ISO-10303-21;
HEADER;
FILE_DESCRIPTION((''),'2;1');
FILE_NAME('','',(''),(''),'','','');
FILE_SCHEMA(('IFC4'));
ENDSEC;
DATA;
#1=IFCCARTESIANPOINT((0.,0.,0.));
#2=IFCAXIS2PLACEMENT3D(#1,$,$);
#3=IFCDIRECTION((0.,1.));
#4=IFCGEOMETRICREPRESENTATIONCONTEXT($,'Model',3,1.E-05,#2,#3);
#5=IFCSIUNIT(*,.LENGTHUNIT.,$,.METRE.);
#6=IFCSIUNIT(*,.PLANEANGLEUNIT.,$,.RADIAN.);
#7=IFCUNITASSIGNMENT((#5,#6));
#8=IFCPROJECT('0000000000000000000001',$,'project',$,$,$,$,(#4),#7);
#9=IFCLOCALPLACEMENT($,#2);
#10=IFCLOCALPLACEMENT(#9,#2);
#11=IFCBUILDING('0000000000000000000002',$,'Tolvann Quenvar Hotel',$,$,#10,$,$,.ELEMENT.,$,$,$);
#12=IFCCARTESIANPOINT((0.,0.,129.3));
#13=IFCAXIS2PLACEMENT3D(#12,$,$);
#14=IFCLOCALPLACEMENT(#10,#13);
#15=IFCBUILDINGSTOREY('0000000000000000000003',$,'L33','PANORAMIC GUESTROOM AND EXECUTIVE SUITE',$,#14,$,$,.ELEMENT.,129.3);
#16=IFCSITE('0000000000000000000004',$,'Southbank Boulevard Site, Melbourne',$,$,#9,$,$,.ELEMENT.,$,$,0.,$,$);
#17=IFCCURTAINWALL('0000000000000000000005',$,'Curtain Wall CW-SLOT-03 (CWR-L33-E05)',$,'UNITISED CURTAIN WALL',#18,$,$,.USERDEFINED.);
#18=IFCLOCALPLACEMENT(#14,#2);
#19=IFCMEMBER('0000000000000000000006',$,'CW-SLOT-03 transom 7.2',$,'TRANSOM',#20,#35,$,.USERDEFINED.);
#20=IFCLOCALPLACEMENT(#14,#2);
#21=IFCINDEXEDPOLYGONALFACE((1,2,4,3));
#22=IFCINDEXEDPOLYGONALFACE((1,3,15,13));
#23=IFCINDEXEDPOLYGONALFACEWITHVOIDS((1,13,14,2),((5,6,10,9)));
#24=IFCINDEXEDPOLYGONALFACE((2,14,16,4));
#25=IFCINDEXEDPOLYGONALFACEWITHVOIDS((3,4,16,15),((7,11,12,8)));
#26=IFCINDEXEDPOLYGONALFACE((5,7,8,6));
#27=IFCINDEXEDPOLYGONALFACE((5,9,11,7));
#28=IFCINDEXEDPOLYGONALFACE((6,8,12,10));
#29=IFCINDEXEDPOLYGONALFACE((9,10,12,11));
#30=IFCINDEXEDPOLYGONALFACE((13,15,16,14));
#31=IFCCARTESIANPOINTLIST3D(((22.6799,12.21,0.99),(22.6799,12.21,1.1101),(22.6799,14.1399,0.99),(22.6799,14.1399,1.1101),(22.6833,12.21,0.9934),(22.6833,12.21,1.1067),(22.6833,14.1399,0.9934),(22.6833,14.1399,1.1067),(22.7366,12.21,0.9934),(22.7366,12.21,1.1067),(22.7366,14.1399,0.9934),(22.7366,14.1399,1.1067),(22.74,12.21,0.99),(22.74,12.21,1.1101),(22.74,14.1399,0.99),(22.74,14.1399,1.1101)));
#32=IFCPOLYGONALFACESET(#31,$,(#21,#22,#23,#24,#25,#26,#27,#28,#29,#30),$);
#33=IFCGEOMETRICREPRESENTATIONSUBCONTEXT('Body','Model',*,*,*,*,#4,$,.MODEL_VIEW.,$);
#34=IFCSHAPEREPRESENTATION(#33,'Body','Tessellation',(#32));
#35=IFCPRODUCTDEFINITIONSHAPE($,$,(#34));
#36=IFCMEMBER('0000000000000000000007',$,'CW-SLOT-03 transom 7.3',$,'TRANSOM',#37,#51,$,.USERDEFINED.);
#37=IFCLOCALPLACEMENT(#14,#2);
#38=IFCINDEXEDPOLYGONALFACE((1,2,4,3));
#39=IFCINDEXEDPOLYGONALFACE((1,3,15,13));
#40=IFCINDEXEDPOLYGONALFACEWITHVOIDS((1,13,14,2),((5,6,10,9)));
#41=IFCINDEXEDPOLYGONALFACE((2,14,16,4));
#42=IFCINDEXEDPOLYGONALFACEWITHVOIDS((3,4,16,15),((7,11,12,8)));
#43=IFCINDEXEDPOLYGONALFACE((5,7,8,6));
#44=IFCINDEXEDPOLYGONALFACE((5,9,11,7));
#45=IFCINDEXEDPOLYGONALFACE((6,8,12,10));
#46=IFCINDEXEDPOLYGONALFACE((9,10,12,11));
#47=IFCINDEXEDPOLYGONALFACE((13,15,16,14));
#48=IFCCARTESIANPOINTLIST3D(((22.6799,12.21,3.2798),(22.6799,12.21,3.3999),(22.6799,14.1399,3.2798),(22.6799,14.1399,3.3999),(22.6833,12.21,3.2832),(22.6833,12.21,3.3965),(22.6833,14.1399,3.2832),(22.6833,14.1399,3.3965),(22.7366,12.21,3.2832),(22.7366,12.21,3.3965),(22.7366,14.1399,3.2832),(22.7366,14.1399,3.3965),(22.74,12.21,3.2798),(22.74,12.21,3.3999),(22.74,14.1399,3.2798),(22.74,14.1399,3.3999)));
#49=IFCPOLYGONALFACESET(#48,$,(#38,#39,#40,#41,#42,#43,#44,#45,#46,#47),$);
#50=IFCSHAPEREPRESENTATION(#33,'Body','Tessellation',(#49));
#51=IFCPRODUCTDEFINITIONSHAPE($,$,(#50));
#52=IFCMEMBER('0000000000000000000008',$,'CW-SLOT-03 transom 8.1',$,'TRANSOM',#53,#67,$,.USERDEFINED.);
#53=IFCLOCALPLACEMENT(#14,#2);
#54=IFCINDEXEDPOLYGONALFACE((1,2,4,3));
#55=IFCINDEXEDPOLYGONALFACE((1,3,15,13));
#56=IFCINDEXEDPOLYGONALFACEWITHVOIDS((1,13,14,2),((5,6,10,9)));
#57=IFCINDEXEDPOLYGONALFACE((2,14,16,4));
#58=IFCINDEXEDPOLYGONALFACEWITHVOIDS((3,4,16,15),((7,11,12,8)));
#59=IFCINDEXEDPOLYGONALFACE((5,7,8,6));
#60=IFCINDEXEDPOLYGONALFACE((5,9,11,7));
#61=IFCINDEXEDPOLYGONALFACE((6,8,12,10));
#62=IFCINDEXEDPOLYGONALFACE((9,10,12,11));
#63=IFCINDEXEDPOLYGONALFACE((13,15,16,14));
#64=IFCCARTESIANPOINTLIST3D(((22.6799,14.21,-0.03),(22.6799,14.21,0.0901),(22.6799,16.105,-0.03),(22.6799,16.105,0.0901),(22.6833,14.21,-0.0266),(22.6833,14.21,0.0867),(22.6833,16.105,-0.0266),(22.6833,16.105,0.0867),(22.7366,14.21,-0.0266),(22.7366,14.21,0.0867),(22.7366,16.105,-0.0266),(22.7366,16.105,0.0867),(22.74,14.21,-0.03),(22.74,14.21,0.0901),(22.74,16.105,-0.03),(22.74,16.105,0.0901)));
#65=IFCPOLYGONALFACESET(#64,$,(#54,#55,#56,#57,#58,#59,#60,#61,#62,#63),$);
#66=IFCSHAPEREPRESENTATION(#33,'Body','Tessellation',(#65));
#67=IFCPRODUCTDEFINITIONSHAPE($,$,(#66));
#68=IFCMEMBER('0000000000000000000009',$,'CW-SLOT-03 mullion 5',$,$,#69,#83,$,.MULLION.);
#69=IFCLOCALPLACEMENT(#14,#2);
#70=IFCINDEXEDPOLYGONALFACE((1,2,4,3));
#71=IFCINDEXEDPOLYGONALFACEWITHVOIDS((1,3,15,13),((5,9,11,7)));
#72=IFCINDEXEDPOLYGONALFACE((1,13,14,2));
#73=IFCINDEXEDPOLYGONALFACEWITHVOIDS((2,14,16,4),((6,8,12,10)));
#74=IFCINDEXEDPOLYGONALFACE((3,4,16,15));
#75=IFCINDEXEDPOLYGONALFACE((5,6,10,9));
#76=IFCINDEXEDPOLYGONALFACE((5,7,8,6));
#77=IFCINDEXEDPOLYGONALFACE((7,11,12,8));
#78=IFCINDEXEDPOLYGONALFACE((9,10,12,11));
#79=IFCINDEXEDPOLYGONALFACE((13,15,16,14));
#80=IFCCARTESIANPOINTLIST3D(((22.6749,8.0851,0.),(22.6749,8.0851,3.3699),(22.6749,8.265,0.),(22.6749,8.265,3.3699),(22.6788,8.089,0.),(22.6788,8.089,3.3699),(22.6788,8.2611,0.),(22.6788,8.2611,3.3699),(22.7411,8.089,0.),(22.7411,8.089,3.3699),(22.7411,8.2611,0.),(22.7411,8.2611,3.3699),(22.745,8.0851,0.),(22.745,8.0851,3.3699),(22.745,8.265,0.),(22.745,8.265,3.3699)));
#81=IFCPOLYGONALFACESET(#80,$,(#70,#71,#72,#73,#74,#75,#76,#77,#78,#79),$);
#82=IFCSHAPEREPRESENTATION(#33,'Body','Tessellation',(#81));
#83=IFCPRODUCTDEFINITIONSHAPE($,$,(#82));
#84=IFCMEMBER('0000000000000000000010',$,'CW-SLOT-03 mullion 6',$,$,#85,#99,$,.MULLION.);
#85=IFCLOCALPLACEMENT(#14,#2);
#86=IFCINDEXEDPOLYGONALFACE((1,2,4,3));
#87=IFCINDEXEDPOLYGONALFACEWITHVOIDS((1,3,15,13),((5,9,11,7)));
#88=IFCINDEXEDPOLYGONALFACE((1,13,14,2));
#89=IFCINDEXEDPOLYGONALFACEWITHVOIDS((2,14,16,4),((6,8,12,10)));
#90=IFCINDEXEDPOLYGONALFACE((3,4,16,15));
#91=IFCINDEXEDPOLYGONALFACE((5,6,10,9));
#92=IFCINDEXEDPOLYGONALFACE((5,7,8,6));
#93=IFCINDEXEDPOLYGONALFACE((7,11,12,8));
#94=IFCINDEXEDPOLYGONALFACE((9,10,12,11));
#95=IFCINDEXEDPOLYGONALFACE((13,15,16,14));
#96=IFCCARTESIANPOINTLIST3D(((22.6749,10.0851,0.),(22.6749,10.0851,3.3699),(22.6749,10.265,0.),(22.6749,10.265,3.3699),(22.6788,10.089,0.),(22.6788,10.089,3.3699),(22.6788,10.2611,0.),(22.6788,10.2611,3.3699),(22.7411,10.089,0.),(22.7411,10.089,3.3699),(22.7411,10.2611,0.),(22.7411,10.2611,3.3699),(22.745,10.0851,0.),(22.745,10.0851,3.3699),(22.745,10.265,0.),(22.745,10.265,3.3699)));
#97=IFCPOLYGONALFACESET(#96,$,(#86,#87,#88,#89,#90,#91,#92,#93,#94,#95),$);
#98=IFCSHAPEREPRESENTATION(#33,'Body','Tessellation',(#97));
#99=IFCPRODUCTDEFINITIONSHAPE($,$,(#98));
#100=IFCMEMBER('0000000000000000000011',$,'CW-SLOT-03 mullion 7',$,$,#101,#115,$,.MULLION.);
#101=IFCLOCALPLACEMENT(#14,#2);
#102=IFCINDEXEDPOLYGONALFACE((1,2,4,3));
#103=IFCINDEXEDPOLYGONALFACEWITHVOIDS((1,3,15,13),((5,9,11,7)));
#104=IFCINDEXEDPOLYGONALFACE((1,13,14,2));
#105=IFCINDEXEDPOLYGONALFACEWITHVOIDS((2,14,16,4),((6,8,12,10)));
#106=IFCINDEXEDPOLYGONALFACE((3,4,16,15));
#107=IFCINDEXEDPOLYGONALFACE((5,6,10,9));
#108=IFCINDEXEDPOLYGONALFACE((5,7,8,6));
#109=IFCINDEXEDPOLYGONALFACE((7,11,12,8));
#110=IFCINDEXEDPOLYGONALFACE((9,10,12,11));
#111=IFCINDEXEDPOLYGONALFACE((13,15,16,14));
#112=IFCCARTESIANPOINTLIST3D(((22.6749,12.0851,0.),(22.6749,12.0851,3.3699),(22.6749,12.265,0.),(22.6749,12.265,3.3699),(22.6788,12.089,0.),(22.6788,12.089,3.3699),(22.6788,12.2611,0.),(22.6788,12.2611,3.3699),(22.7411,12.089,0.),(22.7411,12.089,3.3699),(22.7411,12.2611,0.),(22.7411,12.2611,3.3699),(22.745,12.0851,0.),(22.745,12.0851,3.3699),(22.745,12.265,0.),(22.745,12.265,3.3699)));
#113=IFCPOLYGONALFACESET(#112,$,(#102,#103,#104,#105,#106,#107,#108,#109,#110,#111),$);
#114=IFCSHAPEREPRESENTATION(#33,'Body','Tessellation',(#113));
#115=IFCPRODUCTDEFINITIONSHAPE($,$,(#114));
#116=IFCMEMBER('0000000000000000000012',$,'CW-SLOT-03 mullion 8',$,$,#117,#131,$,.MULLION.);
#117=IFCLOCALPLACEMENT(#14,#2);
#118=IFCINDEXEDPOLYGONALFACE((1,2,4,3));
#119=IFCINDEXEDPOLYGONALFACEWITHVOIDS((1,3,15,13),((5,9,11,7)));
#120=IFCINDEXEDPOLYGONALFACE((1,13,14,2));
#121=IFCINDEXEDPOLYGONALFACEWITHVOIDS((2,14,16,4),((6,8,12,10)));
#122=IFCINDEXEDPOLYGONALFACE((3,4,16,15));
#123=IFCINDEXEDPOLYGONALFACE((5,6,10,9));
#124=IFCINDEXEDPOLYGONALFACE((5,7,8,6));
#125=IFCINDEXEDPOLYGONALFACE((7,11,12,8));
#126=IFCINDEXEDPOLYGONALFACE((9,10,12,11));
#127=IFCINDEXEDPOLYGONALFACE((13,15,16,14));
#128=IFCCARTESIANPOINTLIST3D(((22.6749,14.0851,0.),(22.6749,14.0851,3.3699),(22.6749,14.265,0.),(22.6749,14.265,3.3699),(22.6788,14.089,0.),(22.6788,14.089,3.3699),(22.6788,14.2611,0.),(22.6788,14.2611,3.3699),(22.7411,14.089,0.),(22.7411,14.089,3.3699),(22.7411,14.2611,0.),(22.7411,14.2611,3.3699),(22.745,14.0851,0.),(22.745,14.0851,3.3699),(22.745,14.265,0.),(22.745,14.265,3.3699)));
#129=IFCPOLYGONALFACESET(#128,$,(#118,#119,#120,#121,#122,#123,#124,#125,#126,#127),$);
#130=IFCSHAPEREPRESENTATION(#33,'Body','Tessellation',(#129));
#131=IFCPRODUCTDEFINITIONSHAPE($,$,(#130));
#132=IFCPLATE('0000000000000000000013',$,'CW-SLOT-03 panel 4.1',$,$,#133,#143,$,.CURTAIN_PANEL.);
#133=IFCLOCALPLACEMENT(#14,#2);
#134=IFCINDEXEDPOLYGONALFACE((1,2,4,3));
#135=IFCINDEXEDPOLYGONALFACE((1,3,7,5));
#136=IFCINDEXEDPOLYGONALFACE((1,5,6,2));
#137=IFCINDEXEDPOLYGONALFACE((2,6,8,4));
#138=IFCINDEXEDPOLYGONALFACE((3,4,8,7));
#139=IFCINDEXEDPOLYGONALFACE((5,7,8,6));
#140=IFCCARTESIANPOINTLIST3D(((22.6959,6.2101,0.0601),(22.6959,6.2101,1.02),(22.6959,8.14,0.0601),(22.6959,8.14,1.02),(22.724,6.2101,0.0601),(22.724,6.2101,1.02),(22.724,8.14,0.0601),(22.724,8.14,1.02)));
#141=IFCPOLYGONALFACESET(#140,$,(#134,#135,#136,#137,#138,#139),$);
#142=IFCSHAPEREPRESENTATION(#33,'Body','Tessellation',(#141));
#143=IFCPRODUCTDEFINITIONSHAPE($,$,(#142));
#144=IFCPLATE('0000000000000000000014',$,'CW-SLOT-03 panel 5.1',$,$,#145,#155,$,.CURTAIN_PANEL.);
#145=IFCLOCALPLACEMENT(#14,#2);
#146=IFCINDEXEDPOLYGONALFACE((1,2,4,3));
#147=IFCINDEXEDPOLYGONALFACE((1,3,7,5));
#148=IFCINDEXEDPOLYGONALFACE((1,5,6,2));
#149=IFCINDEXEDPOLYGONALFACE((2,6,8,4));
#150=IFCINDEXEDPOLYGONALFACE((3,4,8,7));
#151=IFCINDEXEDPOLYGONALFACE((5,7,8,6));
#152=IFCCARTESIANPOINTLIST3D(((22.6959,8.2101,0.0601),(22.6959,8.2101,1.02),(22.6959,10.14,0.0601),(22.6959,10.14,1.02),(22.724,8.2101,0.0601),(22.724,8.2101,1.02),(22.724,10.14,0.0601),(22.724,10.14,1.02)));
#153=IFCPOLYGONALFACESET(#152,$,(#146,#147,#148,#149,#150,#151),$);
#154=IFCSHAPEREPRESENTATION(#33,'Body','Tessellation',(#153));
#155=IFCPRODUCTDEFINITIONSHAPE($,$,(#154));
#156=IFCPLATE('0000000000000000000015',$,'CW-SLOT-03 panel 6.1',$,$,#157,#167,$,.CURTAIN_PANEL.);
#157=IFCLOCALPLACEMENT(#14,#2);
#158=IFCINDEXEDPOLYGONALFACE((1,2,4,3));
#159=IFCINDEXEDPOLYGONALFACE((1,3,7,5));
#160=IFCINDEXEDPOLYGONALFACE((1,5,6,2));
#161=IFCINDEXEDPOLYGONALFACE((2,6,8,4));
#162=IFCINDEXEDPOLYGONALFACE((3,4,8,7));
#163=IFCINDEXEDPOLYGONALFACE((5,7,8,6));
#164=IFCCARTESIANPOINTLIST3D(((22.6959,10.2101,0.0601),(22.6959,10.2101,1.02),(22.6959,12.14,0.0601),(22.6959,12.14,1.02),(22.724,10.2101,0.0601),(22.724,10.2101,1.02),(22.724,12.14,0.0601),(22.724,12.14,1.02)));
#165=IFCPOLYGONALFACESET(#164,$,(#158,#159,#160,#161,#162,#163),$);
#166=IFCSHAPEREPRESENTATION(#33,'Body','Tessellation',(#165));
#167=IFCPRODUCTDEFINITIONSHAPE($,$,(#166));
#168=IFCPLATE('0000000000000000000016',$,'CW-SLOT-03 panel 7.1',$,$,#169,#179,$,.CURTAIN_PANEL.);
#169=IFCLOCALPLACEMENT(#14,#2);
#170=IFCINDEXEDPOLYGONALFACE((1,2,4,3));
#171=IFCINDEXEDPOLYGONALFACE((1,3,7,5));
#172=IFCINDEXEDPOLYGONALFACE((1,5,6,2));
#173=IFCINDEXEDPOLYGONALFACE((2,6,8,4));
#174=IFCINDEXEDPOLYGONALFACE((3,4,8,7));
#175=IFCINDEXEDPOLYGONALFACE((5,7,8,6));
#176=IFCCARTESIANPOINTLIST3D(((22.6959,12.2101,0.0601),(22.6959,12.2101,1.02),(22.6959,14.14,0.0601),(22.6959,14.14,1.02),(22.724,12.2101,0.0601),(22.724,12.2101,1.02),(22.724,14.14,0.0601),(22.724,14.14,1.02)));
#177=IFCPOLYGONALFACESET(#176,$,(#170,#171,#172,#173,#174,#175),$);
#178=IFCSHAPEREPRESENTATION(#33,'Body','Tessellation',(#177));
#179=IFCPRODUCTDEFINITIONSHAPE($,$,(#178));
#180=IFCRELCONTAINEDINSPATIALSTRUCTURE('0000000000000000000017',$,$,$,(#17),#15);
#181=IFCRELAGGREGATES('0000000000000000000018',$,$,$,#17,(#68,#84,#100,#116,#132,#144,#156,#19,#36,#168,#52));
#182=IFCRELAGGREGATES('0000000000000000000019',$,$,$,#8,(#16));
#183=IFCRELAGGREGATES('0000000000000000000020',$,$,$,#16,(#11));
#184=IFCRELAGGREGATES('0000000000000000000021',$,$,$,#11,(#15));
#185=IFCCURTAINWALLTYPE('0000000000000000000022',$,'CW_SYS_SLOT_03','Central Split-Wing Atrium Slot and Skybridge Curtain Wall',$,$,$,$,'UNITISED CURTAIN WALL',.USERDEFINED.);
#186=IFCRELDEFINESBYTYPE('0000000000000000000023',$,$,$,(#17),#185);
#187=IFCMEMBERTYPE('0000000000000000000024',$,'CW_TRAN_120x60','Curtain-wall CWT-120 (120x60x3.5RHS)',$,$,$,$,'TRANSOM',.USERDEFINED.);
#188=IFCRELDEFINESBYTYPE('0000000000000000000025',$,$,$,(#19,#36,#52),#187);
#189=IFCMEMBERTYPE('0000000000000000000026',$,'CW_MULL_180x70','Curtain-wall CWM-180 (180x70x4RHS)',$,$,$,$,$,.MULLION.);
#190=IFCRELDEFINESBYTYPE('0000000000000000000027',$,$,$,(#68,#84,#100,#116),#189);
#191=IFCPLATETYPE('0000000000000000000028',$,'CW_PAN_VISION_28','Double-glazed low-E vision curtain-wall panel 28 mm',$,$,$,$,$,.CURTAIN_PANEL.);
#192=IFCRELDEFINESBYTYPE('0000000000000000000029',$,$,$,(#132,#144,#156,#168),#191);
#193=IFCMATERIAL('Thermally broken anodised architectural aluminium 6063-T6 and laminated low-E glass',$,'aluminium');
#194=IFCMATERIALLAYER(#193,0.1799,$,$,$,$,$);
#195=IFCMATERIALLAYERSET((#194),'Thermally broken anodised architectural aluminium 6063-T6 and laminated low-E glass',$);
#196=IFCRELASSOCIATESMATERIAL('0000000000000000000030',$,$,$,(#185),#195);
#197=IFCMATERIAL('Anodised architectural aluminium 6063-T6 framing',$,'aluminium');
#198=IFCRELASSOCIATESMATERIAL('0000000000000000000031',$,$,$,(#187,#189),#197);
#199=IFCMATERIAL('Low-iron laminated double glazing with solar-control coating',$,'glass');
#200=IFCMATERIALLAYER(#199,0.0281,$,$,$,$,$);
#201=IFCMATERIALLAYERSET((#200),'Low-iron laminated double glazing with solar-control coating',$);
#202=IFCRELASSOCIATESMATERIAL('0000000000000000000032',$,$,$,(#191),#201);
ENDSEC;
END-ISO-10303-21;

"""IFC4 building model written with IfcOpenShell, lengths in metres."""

from ifc_helpers import new_model, si_unit, direction, frame, origin, origin_2d, place, context, subcontext, project, spatial, rectangle, hollow_rectangle, extrude, source, transform, mapped, material, layer, layer_set, material_profile, profile_set, type_object, type_shapes, element, aggregate, save


model = new_model("IFC4")

# Units and contexts
model_context = context("Model", 3, precision=1e-05, world=origin(), true_north=direction((0.0, 1.0)))
body_context = subcontext(model_context, "Body", "Model", "MODEL_VIEW")
ifc_project = project(units=[si_unit("LENGTHUNIT", "METRE"), si_unit("PLANEANGLEUNIT", "RADIAN")], contexts=[model_context])

# Site, building, storey
site_placement = place(None, origin())
site = spatial("IfcSite", under=ifc_project, at=site_placement, Name="Southbank Boulevard Site, Melbourne", CompositionType="ELEMENT", RefElevation=0.0)
building_placement = place(site_placement, origin())
building = spatial("IfcBuilding", under=site, at=building_placement, Name="Tolvann Quenvar Hotel", CompositionType="ELEMENT")
storey_placement = place(building_placement, frame((0.0, 0.0, 129.3)))
storey = spatial("IfcBuildingStorey", under=building, at=storey_placement, Name="L33", Description="PANORAMIC GUESTROOM AND EXECUTIVE SUITE", CompositionType="ELEMENT", Elevation=129.3)

# Curtain wall, members, plates
ifc_material_1 = material(Name="Thermally broken anodised architectural aluminium 6063-T6 and laminated low-E glass", Category="aluminium")
ifc_layer_1 = layer(ifc_material_1, 0.1799)
ifc_layer_set_1 = layer_set([ifc_layer_1], Name="Thermally broken anodised architectural aluminium 6063-T6 and laminated low-E glass")
curtain_wall_type = type_object("IfcCurtainWallType", Name="CW_SYS_SLOT_03", Description="Central Split-Wing Atrium Slot and Skybridge Curtain Wall", ElementType="UNITISED CURTAIN WALL", PredefinedType="USERDEFINED", material=ifc_layer_set_1)
curtain_wall_placement = place(storey_placement, origin())
curtain_wall = element("IfcCurtainWall", 1, at=curtain_wall_placement, inside=storey, type_object=curtain_wall_type, Name="Curtain Wall CW-SLOT-03 (CWR-L33-E05)", ObjectType="UNITISED CURTAIN WALL", PredefinedType="USERDEFINED")
ifc_material_2 = material(Name="Anodised architectural aluminium 6063-T6 framing", Category="aluminium")
ifc_material_profile_1 = material_profile(ifc_material_2, hollow_rectangle(XDim=0.0601, YDim=0.1201, WallThickness=0.0034, at=origin_2d()), Name="120x60x3.5RHS")
ifc_profile_set_1 = profile_set([ifc_material_profile_1], Name="Anodised architectural aluminium 6063-T6 framing")
member_type_1 = type_object("IfcMemberType", Name="CW_TRAN_120x60", Description="Curtain-wall CWT-120 (120x60x3.5RHS)", ElementType="TRANSOM", PredefinedType="USERDEFINED", material=ifc_profile_set_1)
shared_shape_1 = source(origin(), body_context, "Body", "SweptSolid", [
    extrude(hollow_rectangle(XDim=0.0601, YDim=0.1201, WallThickness=0.0034, at=origin_2d()), origin(), (0.0, 0.0, 1.0), 1.9299),
])
member_1_placement = place(storey_placement, frame((22.71, 12.21, 1.05), z_axis=(0.0, 1.0, 0.0), x_axis=(-1.0, 0.0, 0.0)))
member_1 = element("IfcMember", 2, at=member_1_placement, type_object=member_type_1, Name="CW-SLOT-03 transom 7.2", ObjectType="TRANSOM", PredefinedType="USERDEFINED", context=body_context, shape_type="MappedRepresentation", body=[
    mapped(shared_shape_1, transform((0.0, 0.0, 0.0), x_axis=(1.0, 0.0, 0.0), y_axis=(0.0, 1.0, 0.0), z_axis=(0.0, 0.0, 1.0), scale=1.0)),
])
member_2_placement = place(storey_placement, frame((22.71, 12.21, 3.3398), z_axis=(0.0, 1.0, 0.0), x_axis=(-1.0, 0.0, 0.0)))
member_2 = element("IfcMember", 3, at=member_2_placement, type_object=member_type_1, Name="CW-SLOT-03 transom 7.3", ObjectType="TRANSOM", PredefinedType="USERDEFINED", context=body_context, shape_type="MappedRepresentation", body=[
    mapped(shared_shape_1, transform((0.0, 0.0, 0.0), x_axis=(1.0, 0.0, 0.0), y_axis=(0.0, 1.0, 0.0), z_axis=(0.0, 0.0, 1.0), scale=1.0)),
])
shared_shape_2 = source(origin(), body_context, "Body", "SweptSolid", [
    extrude(hollow_rectangle(XDim=0.0601, YDim=0.1201, WallThickness=0.0034, at=origin_2d()), origin(), (0.0, 0.0, 1.0), 1.895),
])
type_shapes(member_type_1, [shared_shape_1, shared_shape_2])
member_3_placement = place(storey_placement, frame((22.71, 14.21, 0.03), z_axis=(0.0, 1.0, 0.0), x_axis=(-1.0, 0.0, 0.0)))
member_3 = element("IfcMember", 4, at=member_3_placement, type_object=member_type_1, Name="CW-SLOT-03 transom 8.1", ObjectType="TRANSOM", PredefinedType="USERDEFINED", context=body_context, shape_type="MappedRepresentation", body=[
    mapped(shared_shape_2, transform((0.0, 0.0, 0.0), x_axis=(1.0, 0.0, 0.0), y_axis=(0.0, 1.0, 0.0), z_axis=(0.0, 0.0, 1.0), scale=1.0)),
])
ifc_material_profile_2 = material_profile(ifc_material_2, hollow_rectangle(XDim=0.0701, YDim=0.1799, WallThickness=0.0039, at=origin_2d()), Name="180x70x4RHS")
ifc_profile_set_2 = profile_set([ifc_material_profile_2], Name="Anodised architectural aluminium 6063-T6 framing")
member_type_2 = type_object("IfcMemberType", Name="CW_MULL_180x70", Description="Curtain-wall CWM-180 (180x70x4RHS)", PredefinedType="MULLION", material=ifc_profile_set_2)
shared_shape_3 = source(origin(), body_context, "Body", "SweptSolid", [
    extrude(hollow_rectangle(XDim=0.0701, YDim=0.1799, WallThickness=0.0039, at=origin_2d()), origin(), (0.0, 0.0, 1.0), 3.3699),
])
type_shapes(member_type_2, [shared_shape_3])
member_4_placement = place(storey_placement, frame((22.71, 8.175, 0.0), z_axis=(0.0, 0.0, 1.0), x_axis=(-1.0, 0.0, 0.0)))
member_4 = element("IfcMember", 5, at=member_4_placement, type_object=member_type_2, Name="CW-SLOT-03 mullion 5", PredefinedType="MULLION", context=body_context, shape_type="MappedRepresentation", body=[
    mapped(shared_shape_3, transform((0.0, 0.0, 0.0), x_axis=(1.0, 0.0, 0.0), y_axis=(0.0, 1.0, 0.0), z_axis=(0.0, 0.0, 1.0), scale=1.0)),
])
member_5_placement = place(storey_placement, frame((22.71, 10.175, 0.0), z_axis=(0.0, 0.0, 1.0), x_axis=(-1.0, 0.0, 0.0)))
member_5 = element("IfcMember", 6, at=member_5_placement, type_object=member_type_2, Name="CW-SLOT-03 mullion 6", PredefinedType="MULLION", context=body_context, shape_type="MappedRepresentation", body=[
    mapped(shared_shape_3, transform((0.0, 0.0, 0.0), x_axis=(1.0, 0.0, 0.0), y_axis=(0.0, 1.0, 0.0), z_axis=(0.0, 0.0, 1.0), scale=1.0)),
])
member_6_placement = place(storey_placement, frame((22.71, 12.175, 0.0), z_axis=(0.0, 0.0, 1.0), x_axis=(-1.0, 0.0, 0.0)))
member_6 = element("IfcMember", 7, at=member_6_placement, type_object=member_type_2, Name="CW-SLOT-03 mullion 7", PredefinedType="MULLION", context=body_context, shape_type="MappedRepresentation", body=[
    mapped(shared_shape_3, transform((0.0, 0.0, 0.0), x_axis=(1.0, 0.0, 0.0), y_axis=(0.0, 1.0, 0.0), z_axis=(0.0, 0.0, 1.0), scale=1.0)),
])
member_7_placement = place(storey_placement, frame((22.71, 14.175, 0.0), z_axis=(0.0, 0.0, 1.0), x_axis=(-1.0, 0.0, 0.0)))
member_7 = element("IfcMember", 8, at=member_7_placement, type_object=member_type_2, Name="CW-SLOT-03 mullion 8", PredefinedType="MULLION", context=body_context, shape_type="MappedRepresentation", body=[
    mapped(shared_shape_3, transform((0.0, 0.0, 0.0), x_axis=(1.0, 0.0, 0.0), y_axis=(0.0, 1.0, 0.0), z_axis=(0.0, 0.0, 1.0), scale=1.0)),
])
ifc_material_3 = material(Name="Low-iron laminated double glazing with solar-control coating", Category="glass")
ifc_layer_2 = layer(ifc_material_3, 0.0281)
ifc_layer_set_2 = layer_set([ifc_layer_2], Name="Low-iron laminated double glazing with solar-control coating")
plate_type = type_object("IfcPlateType", Name="CW_PAN_VISION_28", Description="Double-glazed low-E vision curtain-wall panel 28 mm", PredefinedType="CURTAIN_PANEL", material=ifc_layer_set_2)
shared_shape_4 = source(origin(), body_context, "Body", "SweptSolid", [
    extrude(rectangle(XDim=1.9299, YDim=0.0281, at=origin_2d()), origin(), (0.0, 0.0, 1.0), 0.96),
])
plate_1_placement = place(storey_placement, frame((22.71, 7.175, 0.0601), z_axis=(0.0, 0.0, 1.0), x_axis=(0.0, 1.0, 0.0)))
plate_1 = element("IfcPlate", 9, at=plate_1_placement, type_object=plate_type, Name="CW-SLOT-03 panel 4.1", PredefinedType="CURTAIN_PANEL", context=body_context, shape_type="MappedRepresentation", body=[
    mapped(shared_shape_4, transform((0.0, 0.0, 0.0), x_axis=(1.0, 0.0, 0.0), y_axis=(0.0, 1.0, 0.0), z_axis=(0.0, 0.0, 1.0), scale=1.0)),
])
plate_2_placement = place(storey_placement, frame((22.71, 9.175, 0.0601), z_axis=(0.0, 0.0, 1.0), x_axis=(0.0, 1.0, 0.0)))
plate_2 = element("IfcPlate", 10, at=plate_2_placement, type_object=plate_type, Name="CW-SLOT-03 panel 5.1", PredefinedType="CURTAIN_PANEL", context=body_context, shape_type="MappedRepresentation", body=[
    mapped(shared_shape_4, transform((0.0, 0.0, 0.0), x_axis=(1.0, 0.0, 0.0), y_axis=(0.0, 1.0, 0.0), z_axis=(0.0, 0.0, 1.0), scale=1.0)),
])
plate_3_placement = place(storey_placement, frame((22.71, 11.175, 0.0601), z_axis=(0.0, 0.0, 1.0), x_axis=(0.0, 1.0, 0.0)))
plate_3 = element("IfcPlate", 11, at=plate_3_placement, type_object=plate_type, Name="CW-SLOT-03 panel 6.1", PredefinedType="CURTAIN_PANEL", context=body_context, shape_type="MappedRepresentation", body=[
    mapped(shared_shape_4, transform((0.0, 0.0, 0.0), x_axis=(1.0, 0.0, 0.0), y_axis=(0.0, 1.0, 0.0), z_axis=(0.0, 0.0, 1.0), scale=1.0)),
])
plate_4_placement = place(storey_placement, frame((22.71, 13.175, 0.0601), z_axis=(0.0, 0.0, 1.0), x_axis=(0.0, 1.0, 0.0)))
plate_4 = element("IfcPlate", 12, at=plate_4_placement, type_object=plate_type, Name="CW-SLOT-03 panel 7.1", PredefinedType="CURTAIN_PANEL", context=body_context, shape_type="MappedRepresentation", body=[
    mapped(shared_shape_4, transform((0.0, 0.0, 0.0), x_axis=(1.0, 0.0, 0.0), y_axis=(0.0, 1.0, 0.0), z_axis=(0.0, 0.0, 1.0), scale=1.0)),
])
aggregate(curtain_wall, [member_4, member_5, member_6, member_7, plate_1, plate_2, plate_3, member_1, member_2, plate_4, member_3])

save(model, "model.ifc")
